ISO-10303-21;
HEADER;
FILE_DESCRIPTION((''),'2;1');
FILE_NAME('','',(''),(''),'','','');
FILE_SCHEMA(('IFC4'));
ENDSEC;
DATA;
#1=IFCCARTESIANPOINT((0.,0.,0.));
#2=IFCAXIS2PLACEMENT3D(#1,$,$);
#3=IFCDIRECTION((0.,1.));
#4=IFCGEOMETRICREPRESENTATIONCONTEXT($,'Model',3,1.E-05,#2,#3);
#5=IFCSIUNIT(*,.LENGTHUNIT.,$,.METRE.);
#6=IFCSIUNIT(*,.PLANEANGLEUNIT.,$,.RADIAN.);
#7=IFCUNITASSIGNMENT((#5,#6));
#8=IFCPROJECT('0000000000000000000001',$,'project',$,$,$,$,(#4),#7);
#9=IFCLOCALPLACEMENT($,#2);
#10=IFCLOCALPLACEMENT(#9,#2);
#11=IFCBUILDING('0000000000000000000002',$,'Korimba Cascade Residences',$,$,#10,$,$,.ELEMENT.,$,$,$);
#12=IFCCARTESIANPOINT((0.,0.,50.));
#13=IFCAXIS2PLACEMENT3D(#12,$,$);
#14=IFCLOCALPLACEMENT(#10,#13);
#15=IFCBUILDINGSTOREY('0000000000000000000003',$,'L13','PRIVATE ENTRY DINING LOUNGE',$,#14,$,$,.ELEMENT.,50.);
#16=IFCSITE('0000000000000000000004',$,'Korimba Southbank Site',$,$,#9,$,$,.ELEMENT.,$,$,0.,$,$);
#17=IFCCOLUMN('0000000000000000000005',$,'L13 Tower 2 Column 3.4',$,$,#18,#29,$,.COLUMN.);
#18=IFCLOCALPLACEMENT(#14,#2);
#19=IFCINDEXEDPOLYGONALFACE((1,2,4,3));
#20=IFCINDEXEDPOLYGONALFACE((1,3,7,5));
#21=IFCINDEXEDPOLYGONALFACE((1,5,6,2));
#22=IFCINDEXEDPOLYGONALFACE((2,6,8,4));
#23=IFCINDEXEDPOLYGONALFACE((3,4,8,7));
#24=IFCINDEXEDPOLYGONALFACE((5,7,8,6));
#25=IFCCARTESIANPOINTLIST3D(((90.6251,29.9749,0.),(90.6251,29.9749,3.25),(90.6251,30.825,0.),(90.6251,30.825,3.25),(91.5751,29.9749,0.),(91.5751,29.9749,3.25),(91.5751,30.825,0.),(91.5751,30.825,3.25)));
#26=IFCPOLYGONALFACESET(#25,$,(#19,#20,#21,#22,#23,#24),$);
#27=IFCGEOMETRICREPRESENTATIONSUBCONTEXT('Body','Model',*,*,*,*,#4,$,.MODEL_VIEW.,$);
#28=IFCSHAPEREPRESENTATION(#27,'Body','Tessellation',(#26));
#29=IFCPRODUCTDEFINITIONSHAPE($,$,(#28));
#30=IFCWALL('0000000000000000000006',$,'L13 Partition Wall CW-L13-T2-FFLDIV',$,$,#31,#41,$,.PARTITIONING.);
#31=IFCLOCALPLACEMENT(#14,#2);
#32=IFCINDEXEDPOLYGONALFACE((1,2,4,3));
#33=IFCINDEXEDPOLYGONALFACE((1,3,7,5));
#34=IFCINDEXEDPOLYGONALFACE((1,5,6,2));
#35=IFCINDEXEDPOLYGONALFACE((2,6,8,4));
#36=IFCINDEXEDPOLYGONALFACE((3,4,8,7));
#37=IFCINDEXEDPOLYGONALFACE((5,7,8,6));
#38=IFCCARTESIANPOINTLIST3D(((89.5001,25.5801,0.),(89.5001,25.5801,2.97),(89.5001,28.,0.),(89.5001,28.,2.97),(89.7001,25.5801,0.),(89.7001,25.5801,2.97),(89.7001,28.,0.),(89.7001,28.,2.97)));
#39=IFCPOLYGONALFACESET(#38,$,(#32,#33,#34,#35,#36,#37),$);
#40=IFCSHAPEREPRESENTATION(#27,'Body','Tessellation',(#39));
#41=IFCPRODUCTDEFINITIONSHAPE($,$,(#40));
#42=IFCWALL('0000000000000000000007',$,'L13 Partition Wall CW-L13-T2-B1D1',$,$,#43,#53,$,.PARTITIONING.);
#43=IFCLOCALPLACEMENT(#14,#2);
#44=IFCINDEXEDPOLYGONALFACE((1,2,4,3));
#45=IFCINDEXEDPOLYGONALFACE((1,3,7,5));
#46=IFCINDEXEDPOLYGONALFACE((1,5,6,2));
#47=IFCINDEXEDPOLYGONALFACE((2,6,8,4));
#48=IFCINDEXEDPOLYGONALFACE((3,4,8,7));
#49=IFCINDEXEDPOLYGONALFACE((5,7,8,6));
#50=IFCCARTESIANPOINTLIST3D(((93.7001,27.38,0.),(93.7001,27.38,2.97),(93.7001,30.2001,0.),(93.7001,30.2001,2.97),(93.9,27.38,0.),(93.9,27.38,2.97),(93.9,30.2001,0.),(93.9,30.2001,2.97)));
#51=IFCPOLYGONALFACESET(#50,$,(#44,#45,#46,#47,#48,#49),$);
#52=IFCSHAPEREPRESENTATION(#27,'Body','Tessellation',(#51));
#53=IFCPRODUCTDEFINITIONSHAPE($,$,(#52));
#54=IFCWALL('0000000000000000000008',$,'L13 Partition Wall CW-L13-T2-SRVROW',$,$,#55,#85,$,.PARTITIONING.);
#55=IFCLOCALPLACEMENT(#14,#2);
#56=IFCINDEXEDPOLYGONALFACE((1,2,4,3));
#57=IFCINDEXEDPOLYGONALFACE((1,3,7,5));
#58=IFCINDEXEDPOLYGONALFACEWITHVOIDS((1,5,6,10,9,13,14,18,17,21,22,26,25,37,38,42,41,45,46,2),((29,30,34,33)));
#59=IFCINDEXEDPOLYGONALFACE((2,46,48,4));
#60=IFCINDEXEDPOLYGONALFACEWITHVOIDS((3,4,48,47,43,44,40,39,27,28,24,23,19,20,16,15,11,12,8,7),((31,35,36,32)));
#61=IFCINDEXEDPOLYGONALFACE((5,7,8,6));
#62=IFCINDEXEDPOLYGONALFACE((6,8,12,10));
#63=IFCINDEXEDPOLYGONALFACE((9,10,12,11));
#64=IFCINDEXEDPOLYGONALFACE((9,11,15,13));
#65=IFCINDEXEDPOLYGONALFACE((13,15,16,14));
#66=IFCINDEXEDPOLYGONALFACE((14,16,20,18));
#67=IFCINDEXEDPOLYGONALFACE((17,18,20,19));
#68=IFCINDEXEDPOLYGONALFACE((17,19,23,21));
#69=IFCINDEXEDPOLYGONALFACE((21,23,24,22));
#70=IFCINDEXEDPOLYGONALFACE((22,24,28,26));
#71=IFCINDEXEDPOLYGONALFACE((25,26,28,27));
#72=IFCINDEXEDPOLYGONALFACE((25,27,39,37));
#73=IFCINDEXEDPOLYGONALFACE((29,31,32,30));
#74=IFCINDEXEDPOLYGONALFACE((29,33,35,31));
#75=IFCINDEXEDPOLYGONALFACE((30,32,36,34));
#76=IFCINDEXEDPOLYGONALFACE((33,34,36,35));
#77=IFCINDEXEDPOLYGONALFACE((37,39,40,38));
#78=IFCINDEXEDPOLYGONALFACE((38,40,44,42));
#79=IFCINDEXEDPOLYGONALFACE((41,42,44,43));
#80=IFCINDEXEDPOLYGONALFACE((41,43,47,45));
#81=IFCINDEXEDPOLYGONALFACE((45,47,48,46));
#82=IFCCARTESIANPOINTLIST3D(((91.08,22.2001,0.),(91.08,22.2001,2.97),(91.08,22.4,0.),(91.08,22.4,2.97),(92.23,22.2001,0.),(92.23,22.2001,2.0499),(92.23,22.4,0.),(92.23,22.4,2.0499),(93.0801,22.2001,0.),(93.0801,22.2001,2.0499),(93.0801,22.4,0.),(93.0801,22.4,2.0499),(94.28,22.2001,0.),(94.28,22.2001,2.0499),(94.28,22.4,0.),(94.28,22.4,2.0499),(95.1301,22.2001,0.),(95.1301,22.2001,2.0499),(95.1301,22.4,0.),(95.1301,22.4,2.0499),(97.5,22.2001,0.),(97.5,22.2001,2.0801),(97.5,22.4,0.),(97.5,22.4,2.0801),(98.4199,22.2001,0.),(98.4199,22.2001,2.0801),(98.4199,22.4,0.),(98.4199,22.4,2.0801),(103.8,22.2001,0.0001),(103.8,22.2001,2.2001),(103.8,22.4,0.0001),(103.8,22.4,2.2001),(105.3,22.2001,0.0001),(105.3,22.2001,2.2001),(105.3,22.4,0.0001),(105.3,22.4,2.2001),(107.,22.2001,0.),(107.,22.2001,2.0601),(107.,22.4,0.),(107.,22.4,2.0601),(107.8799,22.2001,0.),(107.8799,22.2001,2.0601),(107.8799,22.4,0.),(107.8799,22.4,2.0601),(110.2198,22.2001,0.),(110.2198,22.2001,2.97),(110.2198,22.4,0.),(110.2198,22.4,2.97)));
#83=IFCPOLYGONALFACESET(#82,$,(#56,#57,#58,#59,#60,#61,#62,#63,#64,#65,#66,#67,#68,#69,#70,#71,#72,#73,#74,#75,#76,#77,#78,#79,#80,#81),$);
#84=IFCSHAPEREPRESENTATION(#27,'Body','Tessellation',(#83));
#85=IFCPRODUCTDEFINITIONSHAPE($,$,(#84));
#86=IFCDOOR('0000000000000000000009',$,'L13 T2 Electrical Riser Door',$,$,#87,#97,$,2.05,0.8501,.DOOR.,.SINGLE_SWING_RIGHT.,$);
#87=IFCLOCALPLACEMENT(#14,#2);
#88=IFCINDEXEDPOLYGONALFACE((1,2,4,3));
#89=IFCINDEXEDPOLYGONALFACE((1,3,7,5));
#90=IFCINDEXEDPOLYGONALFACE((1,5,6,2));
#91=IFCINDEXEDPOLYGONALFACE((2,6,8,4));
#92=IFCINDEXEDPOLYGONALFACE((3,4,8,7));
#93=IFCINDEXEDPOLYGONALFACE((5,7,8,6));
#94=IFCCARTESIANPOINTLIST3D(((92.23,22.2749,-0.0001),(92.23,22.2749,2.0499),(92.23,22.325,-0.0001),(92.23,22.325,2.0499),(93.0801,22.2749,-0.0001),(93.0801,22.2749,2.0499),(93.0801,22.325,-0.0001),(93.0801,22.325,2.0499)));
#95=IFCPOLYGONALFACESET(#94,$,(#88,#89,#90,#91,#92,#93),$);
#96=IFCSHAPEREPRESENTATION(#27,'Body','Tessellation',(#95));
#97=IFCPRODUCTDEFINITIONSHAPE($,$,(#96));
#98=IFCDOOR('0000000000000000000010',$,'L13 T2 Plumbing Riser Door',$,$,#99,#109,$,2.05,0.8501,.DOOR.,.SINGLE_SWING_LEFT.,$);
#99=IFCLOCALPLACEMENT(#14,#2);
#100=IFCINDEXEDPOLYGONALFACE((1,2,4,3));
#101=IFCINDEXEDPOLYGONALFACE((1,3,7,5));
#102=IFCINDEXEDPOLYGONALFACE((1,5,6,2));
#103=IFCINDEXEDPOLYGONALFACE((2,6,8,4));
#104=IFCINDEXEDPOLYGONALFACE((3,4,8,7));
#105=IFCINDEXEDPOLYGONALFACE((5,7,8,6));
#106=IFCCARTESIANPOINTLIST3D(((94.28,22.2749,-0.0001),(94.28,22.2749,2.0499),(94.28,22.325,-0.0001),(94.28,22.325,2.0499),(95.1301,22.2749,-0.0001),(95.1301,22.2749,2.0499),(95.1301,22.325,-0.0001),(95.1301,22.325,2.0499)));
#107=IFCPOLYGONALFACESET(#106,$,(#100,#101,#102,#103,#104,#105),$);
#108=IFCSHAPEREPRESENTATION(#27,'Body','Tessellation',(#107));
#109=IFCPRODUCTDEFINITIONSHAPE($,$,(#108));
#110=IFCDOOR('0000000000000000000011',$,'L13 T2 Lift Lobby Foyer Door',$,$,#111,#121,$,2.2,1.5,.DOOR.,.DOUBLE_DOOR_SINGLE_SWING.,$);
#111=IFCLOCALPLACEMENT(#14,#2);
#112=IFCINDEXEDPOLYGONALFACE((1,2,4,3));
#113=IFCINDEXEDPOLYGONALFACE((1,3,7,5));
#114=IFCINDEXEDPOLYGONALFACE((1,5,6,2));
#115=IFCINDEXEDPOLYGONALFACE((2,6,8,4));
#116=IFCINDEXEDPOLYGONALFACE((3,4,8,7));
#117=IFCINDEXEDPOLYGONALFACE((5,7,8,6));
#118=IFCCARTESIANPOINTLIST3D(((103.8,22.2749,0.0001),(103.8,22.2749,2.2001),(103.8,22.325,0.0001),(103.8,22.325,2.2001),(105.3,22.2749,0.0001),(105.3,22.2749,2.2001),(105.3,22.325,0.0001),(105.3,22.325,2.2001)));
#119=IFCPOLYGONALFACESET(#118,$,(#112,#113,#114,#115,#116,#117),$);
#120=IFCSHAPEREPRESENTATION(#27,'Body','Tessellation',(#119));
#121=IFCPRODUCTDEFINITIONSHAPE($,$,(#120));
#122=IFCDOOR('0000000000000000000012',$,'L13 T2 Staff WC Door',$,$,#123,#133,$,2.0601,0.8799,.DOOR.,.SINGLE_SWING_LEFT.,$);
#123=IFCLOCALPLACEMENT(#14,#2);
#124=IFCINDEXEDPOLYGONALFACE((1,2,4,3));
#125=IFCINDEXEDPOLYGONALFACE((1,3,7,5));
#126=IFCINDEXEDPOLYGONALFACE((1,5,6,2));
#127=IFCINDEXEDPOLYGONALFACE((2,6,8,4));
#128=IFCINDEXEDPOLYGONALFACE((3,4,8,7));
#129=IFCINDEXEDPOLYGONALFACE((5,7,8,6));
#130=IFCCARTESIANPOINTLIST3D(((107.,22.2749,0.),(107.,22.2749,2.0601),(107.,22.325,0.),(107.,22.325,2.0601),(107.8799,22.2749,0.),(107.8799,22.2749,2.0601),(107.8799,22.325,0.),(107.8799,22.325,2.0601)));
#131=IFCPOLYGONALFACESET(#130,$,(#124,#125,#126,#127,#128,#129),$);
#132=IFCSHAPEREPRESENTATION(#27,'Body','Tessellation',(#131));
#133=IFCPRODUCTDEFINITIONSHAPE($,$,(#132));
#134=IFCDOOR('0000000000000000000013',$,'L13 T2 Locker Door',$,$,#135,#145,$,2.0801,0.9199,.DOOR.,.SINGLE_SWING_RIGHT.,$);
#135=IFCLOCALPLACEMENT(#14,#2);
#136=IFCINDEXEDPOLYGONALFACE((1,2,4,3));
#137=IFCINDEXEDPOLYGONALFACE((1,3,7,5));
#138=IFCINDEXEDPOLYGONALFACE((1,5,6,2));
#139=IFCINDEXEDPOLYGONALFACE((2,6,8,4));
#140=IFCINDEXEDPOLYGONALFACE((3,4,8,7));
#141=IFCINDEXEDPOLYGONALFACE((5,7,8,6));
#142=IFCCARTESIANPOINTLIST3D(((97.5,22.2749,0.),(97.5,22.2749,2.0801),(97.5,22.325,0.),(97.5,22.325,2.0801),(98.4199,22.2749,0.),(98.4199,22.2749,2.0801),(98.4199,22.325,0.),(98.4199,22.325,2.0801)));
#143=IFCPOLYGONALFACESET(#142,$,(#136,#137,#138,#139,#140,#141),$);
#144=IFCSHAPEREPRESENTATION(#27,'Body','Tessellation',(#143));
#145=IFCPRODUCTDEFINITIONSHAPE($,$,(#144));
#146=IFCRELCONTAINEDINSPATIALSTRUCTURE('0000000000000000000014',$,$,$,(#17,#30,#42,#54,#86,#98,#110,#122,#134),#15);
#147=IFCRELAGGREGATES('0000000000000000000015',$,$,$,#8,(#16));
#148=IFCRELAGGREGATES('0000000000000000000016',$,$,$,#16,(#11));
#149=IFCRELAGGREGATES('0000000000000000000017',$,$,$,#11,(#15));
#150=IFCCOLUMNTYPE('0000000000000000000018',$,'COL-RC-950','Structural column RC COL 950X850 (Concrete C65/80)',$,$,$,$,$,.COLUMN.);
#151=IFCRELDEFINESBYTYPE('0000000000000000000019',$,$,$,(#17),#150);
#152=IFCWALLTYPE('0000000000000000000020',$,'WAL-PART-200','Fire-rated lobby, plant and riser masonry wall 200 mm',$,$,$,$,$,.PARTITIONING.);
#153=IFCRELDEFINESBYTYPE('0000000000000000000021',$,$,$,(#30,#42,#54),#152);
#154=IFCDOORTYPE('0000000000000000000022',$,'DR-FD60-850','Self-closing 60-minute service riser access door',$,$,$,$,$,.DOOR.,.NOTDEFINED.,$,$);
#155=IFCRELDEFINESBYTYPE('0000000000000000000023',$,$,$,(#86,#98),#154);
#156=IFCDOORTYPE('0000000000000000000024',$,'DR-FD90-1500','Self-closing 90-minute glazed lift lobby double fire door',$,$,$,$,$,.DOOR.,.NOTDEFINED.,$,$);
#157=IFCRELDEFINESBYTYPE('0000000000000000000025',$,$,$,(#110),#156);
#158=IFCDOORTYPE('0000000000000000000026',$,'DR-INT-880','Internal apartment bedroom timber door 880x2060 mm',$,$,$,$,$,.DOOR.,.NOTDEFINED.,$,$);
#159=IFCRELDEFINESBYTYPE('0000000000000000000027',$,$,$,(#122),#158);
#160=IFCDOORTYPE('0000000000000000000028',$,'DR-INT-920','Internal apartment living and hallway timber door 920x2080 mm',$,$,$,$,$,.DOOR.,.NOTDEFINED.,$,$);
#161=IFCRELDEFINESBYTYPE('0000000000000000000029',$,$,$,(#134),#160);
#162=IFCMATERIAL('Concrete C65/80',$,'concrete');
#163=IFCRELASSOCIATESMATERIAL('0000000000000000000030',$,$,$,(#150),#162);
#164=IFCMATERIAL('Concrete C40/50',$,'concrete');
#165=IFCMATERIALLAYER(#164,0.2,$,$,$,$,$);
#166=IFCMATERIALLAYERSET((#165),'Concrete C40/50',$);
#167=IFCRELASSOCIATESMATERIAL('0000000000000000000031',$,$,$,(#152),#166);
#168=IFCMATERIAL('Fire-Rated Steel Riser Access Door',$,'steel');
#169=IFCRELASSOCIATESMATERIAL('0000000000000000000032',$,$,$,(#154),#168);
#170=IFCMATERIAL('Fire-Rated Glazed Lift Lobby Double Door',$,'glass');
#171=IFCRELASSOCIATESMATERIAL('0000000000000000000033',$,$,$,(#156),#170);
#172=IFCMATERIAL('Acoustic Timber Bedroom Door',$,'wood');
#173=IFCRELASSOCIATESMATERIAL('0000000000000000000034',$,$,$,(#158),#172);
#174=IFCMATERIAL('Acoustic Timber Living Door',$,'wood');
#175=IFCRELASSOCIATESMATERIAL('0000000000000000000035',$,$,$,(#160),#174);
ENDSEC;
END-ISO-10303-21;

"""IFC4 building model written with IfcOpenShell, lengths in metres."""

from ifc_helpers import new_model, si_unit, direction, frame, frame_2d, origin, origin_2d, place, context, subcontext, project, spatial, rectangle, extrude, material, layer, layer_set, material_profile, profile_set, type_object, element, fill, save


model = new_model("IFC4")

# Units and contexts
model_context = context("Model", 3, precision=1e-05, world=origin(), true_north=direction((0.0, 1.0)))
body_context = subcontext(model_context, "Body", "Model", "MODEL_VIEW")
ifc_project = project(units=[si_unit("LENGTHUNIT", "METRE"), si_unit("PLANEANGLEUNIT", "RADIAN")], contexts=[model_context])

# Site, building, storey
site_placement = place(None, origin())
site = spatial("IfcSite", under=ifc_project, at=site_placement, Name="Korimba Southbank Site", CompositionType="ELEMENT", RefElevation=0.0)
building_placement = place(site_placement, origin())
building = spatial("IfcBuilding", under=site, at=building_placement, Name="Korimba Cascade Residences", CompositionType="ELEMENT")
storey_placement = place(building_placement, frame((0.0, 0.0, 50.0)))
storey = spatial("IfcBuildingStorey", under=building, at=storey_placement, Name="L13", Description="PRIVATE ENTRY DINING LOUNGE", CompositionType="ELEMENT", Elevation=50.0)

# Column
ifc_material_1 = material(Name="Concrete C65/80", Category="concrete")
ifc_material_profile = material_profile(ifc_material_1, rectangle(XDim=0.95, YDim=0.8501, at=origin_2d()), Name="Concrete C65/80")
ifc_profile_set = profile_set([ifc_material_profile], Name="Concrete C65/80")
column_type = type_object("IfcColumnType", Name="COL-RC-950", Description="Structural column RC COL 950X850 (Concrete C65/80)", PredefinedType="COLUMN", material=ifc_profile_set)
column_placement = place(storey_placement, frame((91.1001, 30.3999, 0.0), z_axis=(0.0, 0.0, 1.0), x_axis=(1.0, 0.0, 0.0)))
element("IfcColumn", 1, at=column_placement, inside=storey, type_object=column_type, Name="L13 Tower 2 Column 3.4", PredefinedType="COLUMN", context=body_context, shape_type="SweptSolid", body=[
    extrude(rectangle(XDim=0.95, YDim=0.8501, at=origin_2d()), origin(), (0.0, 0.0, 1.0), 3.25),
])

# Walls
ifc_material_2 = material(Name="Concrete C40/50", Category="concrete")
ifc_layer_1 = layer(ifc_material_2, 0.2)
ifc_layer_set_1 = layer_set([ifc_layer_1], Name="Concrete C40/50")
wall_type_1 = type_object("IfcWallType", Name="WAL-PART-200", Description="Fire-rated lobby, plant and riser masonry wall 200 mm", PredefinedType="PARTITIONING", material=ifc_layer_set_1)
wall_1_placement = place(storey_placement, frame((89.6001, 25.5801, 0.0), z_axis=(0.0, 0.0, 1.0), x_axis=(0.0, 1.0, 0.0)))
element("IfcWall", 2, at=wall_1_placement, inside=storey, type_object=wall_type_1, Name="L13 Partition Wall CW-L13-T2-FFLDIV", PredefinedType="PARTITIONING", context=body_context, shape_type="SweptSolid", body=[
    extrude(rectangle(XDim=2.4199, YDim=0.2, at=frame_2d((1.21, 0.0))), origin(), (0.0, 0.0, 1.0), 2.97),
])
wall_2_placement = place(storey_placement, frame((93.8, 27.3799, 0.0), z_axis=(0.0, 0.0, 1.0), x_axis=(0.0, 1.0, 0.0)))
element("IfcWall", 3, at=wall_2_placement, inside=storey, type_object=wall_type_1, Name="L13 Partition Wall CW-L13-T2-B1D1", PredefinedType="PARTITIONING", context=body_context, shape_type="SweptSolid", body=[
    extrude(rectangle(XDim=2.8201, YDim=0.2, at=frame_2d((1.4102, 0.0))), origin(), (0.0, 0.0, 1.0), 2.97),
])

# Wall, openings, doors
wall_3_placement = place(storey_placement, frame((91.0801, 22.3, 0.0), z_axis=(0.0, 0.0, 1.0), x_axis=(1.0, 0.0, 0.0)))
wall_3 = element("IfcWall", 4, at=wall_3_placement, inside=storey, type_object=wall_type_1, Name="L13 Partition Wall CW-L13-T2-SRVROW", PredefinedType="PARTITIONING", context=body_context, shape_type="SweptSolid", body=[
    extrude(rectangle(XDim=19.1399, YDim=0.2, at=frame_2d((9.5698, 0.0))), origin(), (0.0, 0.0, 1.0), 2.97),
])
opening_1_placement = place(wall_3_placement, frame((1.1499, 0.0, 0.0)))
opening_1 = element("IfcOpeningElement", 5, at=opening_1_placement, cuts=wall_3, PredefinedType="OPENING", context=body_context, shape_type="SweptSolid", body=[
    extrude(rectangle(XDim=0.8501, YDim=2.05, at=frame_2d((0.425, 1.0249))), frame((0.0, 0.1099, 0.0), z_axis=(0.0, -1.0, 0.0), x_axis=(1.0, 0.0, 0.0)), (0.0, 0.0, 1.0), 0.22),
])
opening_2_placement = place(wall_3_placement, frame((3.2, 0.0, 0.0)))
opening_2 = element("IfcOpeningElement", 6, at=opening_2_placement, cuts=wall_3, PredefinedType="OPENING", context=body_context, shape_type="SweptSolid", body=[
    extrude(rectangle(XDim=0.8501, YDim=2.05, at=frame_2d((0.425, 1.0249))), frame((0.0, 0.1099, 0.0), z_axis=(0.0, -1.0, 0.0), x_axis=(1.0, 0.0, 0.0)), (0.0, 0.0, 1.0), 0.22),
])
opening_3_placement = place(wall_3_placement, frame((12.72, 0.0, 0.0)))
opening_3 = element("IfcOpeningElement", 7, at=opening_3_placement, cuts=wall_3, PredefinedType="OPENING", context=body_context, shape_type="SweptSolid", body=[
    extrude(rectangle(XDim=1.5, YDim=2.2, at=frame_2d((0.75, 1.1001))), frame((0.0, 0.1099, 0.0), z_axis=(0.0, -1.0, 0.0), x_axis=(1.0, 0.0, 0.0)), (0.0, 0.0, 1.0), 0.22),
])
opening_4_placement = place(wall_3_placement, frame((6.4199, 0.0, 0.0)))
opening_4 = element("IfcOpeningElement", 8, at=opening_4_placement, cuts=wall_3, PredefinedType="OPENING", context=body_context, shape_type="SweptSolid", body=[
    extrude(rectangle(XDim=0.9199, YDim=2.0801, at=frame_2d((0.46, 1.04))), frame((0.0, 0.1099, 0.0), z_axis=(0.0, -1.0, 0.0), x_axis=(1.0, 0.0, 0.0)), (0.0, 0.0, 1.0), 0.22),
])
opening_5_placement = place(wall_3_placement, frame((15.9199, 0.0, 0.0)))
opening_5 = element("IfcOpeningElement", 9, at=opening_5_placement, cuts=wall_3, PredefinedType="OPENING", context=body_context, shape_type="SweptSolid", body=[
    extrude(rectangle(XDim=0.8799, YDim=2.0601, at=frame_2d((0.4399, 1.03))), frame((0.0, 0.1099, 0.0), z_axis=(0.0, -1.0, 0.0), x_axis=(1.0, 0.0, 0.0)), (0.0, 0.0, 1.0), 0.22),
])
ifc_material_3 = material(Name="Fire-Rated Steel Riser Access Door", Category="steel")
door_type_1 = type_object("IfcDoorType", Name="DR-FD60-850", Description="Self-closing 60-minute service riser access door", OperationType="NOTDEFINED", PredefinedType="DOOR", material=ifc_material_3)
door_1_placement = place(opening_1_placement, origin())
door_1 = element("IfcDoor", 10, at=door_1_placement, inside=storey, type_object=door_type_1, Name="L13 T2 Electrical Riser Door", OperationType="SINGLE_SWING_RIGHT", OverallHeight=2.05, OverallWidth=0.8501, PredefinedType="DOOR", context=body_context, shape_type="SweptSolid", body=[
    extrude(rectangle(XDim=0.8501, YDim=2.05, at=frame_2d((0.425, 1.0249))), frame((0.0, 0.0249, 0.0), z_axis=(0.0, -1.0, 0.0), x_axis=(1.0, 0.0, 0.0)), (0.0, 0.0, 1.0), 0.05),
])
fill(opening_1, door_1)
door_2_placement = place(opening_2_placement, origin())
door_2 = element("IfcDoor", 11, at=door_2_placement, inside=storey, type_object=door_type_1, Name="L13 T2 Plumbing Riser Door", OperationType="SINGLE_SWING_LEFT", OverallHeight=2.05, OverallWidth=0.8501, PredefinedType="DOOR", context=body_context, shape_type="SweptSolid", body=[
    extrude(rectangle(XDim=0.8501, YDim=2.05, at=frame_2d((0.425, 1.0249))), frame((0.0, 0.0249, 0.0), z_axis=(0.0, -1.0, 0.0), x_axis=(1.0, 0.0, 0.0)), (0.0, 0.0, 1.0), 0.05),
])
fill(opening_2, door_2)
ifc_material_4 = material(Name="Fire-Rated Glazed Lift Lobby Double Door", Category="glass")
door_type_2 = type_object("IfcDoorType", Name="DR-FD90-1500", Description="Self-closing 90-minute glazed lift lobby double fire door", OperationType="NOTDEFINED", PredefinedType="DOOR", material=ifc_material_4)
door_3_placement = place(opening_3_placement, origin())
door_3 = element("IfcDoor", 12, at=door_3_placement, inside=storey, type_object=door_type_2, Name="L13 T2 Lift Lobby Foyer Door", OperationType="DOUBLE_DOOR_SINGLE_SWING", OverallHeight=2.2, OverallWidth=1.5, PredefinedType="DOOR", context=body_context, shape_type="SweptSolid", body=[
    extrude(rectangle(XDim=1.5, YDim=2.2, at=frame_2d((0.75, 1.1001))), frame((0.0, 0.0249, 0.0), z_axis=(0.0, -1.0, 0.0), x_axis=(1.0, 0.0, 0.0)), (0.0, 0.0, 1.0), 0.05),
])
fill(opening_3, door_3)
ifc_material_5 = material(Name="Acoustic Timber Bedroom Door", Category="wood")
door_type_3 = type_object("IfcDoorType", Name="DR-INT-880", Description="Internal apartment bedroom timber door 880x2060 mm", OperationType="NOTDEFINED", PredefinedType="DOOR", material=ifc_material_5)
door_4_placement = place(opening_5_placement, origin())
door_4 = element("IfcDoor", 13, at=door_4_placement, inside=storey, type_object=door_type_3, Name="L13 T2 Staff WC Door", OperationType="SINGLE_SWING_LEFT", OverallHeight=2.0601, OverallWidth=0.8799, PredefinedType="DOOR", context=body_context, shape_type="SweptSolid", body=[
    extrude(rectangle(XDim=0.8799, YDim=2.0601, at=frame_2d((0.4399, 1.03))), frame((0.0, 0.0249, 0.0), z_axis=(0.0, -1.0, 0.0), x_axis=(1.0, 0.0, 0.0)), (0.0, 0.0, 1.0), 0.05),
])
fill(opening_5, door_4)
ifc_material_6 = material(Name="Acoustic Timber Living Door", Category="wood")
door_type_4 = type_object("IfcDoorType", Name="DR-INT-920", Description="Internal apartment living and hallway timber door 920x2080 mm", OperationType="NOTDEFINED", PredefinedType="DOOR", material=ifc_material_6)
door_5_placement = place(opening_4_placement, origin())
door_5 = element("IfcDoor", 14, at=door_5_placement, inside=storey, type_object=door_type_4, Name="L13 T2 Locker Door", OperationType="SINGLE_SWING_RIGHT", OverallHeight=2.0801, OverallWidth=0.9199, PredefinedType="DOOR", context=body_context, shape_type="SweptSolid", body=[
    extrude(rectangle(XDim=0.9199, YDim=2.0801, at=frame_2d((0.46, 1.04))), frame((0.0, 0.0249, 0.0), z_axis=(0.0, -1.0, 0.0), x_axis=(1.0, 0.0, 0.0)), (0.0, 0.0, 1.0), 0.05),
])
fill(opening_4, door_5)

save(model, "model.ifc")
